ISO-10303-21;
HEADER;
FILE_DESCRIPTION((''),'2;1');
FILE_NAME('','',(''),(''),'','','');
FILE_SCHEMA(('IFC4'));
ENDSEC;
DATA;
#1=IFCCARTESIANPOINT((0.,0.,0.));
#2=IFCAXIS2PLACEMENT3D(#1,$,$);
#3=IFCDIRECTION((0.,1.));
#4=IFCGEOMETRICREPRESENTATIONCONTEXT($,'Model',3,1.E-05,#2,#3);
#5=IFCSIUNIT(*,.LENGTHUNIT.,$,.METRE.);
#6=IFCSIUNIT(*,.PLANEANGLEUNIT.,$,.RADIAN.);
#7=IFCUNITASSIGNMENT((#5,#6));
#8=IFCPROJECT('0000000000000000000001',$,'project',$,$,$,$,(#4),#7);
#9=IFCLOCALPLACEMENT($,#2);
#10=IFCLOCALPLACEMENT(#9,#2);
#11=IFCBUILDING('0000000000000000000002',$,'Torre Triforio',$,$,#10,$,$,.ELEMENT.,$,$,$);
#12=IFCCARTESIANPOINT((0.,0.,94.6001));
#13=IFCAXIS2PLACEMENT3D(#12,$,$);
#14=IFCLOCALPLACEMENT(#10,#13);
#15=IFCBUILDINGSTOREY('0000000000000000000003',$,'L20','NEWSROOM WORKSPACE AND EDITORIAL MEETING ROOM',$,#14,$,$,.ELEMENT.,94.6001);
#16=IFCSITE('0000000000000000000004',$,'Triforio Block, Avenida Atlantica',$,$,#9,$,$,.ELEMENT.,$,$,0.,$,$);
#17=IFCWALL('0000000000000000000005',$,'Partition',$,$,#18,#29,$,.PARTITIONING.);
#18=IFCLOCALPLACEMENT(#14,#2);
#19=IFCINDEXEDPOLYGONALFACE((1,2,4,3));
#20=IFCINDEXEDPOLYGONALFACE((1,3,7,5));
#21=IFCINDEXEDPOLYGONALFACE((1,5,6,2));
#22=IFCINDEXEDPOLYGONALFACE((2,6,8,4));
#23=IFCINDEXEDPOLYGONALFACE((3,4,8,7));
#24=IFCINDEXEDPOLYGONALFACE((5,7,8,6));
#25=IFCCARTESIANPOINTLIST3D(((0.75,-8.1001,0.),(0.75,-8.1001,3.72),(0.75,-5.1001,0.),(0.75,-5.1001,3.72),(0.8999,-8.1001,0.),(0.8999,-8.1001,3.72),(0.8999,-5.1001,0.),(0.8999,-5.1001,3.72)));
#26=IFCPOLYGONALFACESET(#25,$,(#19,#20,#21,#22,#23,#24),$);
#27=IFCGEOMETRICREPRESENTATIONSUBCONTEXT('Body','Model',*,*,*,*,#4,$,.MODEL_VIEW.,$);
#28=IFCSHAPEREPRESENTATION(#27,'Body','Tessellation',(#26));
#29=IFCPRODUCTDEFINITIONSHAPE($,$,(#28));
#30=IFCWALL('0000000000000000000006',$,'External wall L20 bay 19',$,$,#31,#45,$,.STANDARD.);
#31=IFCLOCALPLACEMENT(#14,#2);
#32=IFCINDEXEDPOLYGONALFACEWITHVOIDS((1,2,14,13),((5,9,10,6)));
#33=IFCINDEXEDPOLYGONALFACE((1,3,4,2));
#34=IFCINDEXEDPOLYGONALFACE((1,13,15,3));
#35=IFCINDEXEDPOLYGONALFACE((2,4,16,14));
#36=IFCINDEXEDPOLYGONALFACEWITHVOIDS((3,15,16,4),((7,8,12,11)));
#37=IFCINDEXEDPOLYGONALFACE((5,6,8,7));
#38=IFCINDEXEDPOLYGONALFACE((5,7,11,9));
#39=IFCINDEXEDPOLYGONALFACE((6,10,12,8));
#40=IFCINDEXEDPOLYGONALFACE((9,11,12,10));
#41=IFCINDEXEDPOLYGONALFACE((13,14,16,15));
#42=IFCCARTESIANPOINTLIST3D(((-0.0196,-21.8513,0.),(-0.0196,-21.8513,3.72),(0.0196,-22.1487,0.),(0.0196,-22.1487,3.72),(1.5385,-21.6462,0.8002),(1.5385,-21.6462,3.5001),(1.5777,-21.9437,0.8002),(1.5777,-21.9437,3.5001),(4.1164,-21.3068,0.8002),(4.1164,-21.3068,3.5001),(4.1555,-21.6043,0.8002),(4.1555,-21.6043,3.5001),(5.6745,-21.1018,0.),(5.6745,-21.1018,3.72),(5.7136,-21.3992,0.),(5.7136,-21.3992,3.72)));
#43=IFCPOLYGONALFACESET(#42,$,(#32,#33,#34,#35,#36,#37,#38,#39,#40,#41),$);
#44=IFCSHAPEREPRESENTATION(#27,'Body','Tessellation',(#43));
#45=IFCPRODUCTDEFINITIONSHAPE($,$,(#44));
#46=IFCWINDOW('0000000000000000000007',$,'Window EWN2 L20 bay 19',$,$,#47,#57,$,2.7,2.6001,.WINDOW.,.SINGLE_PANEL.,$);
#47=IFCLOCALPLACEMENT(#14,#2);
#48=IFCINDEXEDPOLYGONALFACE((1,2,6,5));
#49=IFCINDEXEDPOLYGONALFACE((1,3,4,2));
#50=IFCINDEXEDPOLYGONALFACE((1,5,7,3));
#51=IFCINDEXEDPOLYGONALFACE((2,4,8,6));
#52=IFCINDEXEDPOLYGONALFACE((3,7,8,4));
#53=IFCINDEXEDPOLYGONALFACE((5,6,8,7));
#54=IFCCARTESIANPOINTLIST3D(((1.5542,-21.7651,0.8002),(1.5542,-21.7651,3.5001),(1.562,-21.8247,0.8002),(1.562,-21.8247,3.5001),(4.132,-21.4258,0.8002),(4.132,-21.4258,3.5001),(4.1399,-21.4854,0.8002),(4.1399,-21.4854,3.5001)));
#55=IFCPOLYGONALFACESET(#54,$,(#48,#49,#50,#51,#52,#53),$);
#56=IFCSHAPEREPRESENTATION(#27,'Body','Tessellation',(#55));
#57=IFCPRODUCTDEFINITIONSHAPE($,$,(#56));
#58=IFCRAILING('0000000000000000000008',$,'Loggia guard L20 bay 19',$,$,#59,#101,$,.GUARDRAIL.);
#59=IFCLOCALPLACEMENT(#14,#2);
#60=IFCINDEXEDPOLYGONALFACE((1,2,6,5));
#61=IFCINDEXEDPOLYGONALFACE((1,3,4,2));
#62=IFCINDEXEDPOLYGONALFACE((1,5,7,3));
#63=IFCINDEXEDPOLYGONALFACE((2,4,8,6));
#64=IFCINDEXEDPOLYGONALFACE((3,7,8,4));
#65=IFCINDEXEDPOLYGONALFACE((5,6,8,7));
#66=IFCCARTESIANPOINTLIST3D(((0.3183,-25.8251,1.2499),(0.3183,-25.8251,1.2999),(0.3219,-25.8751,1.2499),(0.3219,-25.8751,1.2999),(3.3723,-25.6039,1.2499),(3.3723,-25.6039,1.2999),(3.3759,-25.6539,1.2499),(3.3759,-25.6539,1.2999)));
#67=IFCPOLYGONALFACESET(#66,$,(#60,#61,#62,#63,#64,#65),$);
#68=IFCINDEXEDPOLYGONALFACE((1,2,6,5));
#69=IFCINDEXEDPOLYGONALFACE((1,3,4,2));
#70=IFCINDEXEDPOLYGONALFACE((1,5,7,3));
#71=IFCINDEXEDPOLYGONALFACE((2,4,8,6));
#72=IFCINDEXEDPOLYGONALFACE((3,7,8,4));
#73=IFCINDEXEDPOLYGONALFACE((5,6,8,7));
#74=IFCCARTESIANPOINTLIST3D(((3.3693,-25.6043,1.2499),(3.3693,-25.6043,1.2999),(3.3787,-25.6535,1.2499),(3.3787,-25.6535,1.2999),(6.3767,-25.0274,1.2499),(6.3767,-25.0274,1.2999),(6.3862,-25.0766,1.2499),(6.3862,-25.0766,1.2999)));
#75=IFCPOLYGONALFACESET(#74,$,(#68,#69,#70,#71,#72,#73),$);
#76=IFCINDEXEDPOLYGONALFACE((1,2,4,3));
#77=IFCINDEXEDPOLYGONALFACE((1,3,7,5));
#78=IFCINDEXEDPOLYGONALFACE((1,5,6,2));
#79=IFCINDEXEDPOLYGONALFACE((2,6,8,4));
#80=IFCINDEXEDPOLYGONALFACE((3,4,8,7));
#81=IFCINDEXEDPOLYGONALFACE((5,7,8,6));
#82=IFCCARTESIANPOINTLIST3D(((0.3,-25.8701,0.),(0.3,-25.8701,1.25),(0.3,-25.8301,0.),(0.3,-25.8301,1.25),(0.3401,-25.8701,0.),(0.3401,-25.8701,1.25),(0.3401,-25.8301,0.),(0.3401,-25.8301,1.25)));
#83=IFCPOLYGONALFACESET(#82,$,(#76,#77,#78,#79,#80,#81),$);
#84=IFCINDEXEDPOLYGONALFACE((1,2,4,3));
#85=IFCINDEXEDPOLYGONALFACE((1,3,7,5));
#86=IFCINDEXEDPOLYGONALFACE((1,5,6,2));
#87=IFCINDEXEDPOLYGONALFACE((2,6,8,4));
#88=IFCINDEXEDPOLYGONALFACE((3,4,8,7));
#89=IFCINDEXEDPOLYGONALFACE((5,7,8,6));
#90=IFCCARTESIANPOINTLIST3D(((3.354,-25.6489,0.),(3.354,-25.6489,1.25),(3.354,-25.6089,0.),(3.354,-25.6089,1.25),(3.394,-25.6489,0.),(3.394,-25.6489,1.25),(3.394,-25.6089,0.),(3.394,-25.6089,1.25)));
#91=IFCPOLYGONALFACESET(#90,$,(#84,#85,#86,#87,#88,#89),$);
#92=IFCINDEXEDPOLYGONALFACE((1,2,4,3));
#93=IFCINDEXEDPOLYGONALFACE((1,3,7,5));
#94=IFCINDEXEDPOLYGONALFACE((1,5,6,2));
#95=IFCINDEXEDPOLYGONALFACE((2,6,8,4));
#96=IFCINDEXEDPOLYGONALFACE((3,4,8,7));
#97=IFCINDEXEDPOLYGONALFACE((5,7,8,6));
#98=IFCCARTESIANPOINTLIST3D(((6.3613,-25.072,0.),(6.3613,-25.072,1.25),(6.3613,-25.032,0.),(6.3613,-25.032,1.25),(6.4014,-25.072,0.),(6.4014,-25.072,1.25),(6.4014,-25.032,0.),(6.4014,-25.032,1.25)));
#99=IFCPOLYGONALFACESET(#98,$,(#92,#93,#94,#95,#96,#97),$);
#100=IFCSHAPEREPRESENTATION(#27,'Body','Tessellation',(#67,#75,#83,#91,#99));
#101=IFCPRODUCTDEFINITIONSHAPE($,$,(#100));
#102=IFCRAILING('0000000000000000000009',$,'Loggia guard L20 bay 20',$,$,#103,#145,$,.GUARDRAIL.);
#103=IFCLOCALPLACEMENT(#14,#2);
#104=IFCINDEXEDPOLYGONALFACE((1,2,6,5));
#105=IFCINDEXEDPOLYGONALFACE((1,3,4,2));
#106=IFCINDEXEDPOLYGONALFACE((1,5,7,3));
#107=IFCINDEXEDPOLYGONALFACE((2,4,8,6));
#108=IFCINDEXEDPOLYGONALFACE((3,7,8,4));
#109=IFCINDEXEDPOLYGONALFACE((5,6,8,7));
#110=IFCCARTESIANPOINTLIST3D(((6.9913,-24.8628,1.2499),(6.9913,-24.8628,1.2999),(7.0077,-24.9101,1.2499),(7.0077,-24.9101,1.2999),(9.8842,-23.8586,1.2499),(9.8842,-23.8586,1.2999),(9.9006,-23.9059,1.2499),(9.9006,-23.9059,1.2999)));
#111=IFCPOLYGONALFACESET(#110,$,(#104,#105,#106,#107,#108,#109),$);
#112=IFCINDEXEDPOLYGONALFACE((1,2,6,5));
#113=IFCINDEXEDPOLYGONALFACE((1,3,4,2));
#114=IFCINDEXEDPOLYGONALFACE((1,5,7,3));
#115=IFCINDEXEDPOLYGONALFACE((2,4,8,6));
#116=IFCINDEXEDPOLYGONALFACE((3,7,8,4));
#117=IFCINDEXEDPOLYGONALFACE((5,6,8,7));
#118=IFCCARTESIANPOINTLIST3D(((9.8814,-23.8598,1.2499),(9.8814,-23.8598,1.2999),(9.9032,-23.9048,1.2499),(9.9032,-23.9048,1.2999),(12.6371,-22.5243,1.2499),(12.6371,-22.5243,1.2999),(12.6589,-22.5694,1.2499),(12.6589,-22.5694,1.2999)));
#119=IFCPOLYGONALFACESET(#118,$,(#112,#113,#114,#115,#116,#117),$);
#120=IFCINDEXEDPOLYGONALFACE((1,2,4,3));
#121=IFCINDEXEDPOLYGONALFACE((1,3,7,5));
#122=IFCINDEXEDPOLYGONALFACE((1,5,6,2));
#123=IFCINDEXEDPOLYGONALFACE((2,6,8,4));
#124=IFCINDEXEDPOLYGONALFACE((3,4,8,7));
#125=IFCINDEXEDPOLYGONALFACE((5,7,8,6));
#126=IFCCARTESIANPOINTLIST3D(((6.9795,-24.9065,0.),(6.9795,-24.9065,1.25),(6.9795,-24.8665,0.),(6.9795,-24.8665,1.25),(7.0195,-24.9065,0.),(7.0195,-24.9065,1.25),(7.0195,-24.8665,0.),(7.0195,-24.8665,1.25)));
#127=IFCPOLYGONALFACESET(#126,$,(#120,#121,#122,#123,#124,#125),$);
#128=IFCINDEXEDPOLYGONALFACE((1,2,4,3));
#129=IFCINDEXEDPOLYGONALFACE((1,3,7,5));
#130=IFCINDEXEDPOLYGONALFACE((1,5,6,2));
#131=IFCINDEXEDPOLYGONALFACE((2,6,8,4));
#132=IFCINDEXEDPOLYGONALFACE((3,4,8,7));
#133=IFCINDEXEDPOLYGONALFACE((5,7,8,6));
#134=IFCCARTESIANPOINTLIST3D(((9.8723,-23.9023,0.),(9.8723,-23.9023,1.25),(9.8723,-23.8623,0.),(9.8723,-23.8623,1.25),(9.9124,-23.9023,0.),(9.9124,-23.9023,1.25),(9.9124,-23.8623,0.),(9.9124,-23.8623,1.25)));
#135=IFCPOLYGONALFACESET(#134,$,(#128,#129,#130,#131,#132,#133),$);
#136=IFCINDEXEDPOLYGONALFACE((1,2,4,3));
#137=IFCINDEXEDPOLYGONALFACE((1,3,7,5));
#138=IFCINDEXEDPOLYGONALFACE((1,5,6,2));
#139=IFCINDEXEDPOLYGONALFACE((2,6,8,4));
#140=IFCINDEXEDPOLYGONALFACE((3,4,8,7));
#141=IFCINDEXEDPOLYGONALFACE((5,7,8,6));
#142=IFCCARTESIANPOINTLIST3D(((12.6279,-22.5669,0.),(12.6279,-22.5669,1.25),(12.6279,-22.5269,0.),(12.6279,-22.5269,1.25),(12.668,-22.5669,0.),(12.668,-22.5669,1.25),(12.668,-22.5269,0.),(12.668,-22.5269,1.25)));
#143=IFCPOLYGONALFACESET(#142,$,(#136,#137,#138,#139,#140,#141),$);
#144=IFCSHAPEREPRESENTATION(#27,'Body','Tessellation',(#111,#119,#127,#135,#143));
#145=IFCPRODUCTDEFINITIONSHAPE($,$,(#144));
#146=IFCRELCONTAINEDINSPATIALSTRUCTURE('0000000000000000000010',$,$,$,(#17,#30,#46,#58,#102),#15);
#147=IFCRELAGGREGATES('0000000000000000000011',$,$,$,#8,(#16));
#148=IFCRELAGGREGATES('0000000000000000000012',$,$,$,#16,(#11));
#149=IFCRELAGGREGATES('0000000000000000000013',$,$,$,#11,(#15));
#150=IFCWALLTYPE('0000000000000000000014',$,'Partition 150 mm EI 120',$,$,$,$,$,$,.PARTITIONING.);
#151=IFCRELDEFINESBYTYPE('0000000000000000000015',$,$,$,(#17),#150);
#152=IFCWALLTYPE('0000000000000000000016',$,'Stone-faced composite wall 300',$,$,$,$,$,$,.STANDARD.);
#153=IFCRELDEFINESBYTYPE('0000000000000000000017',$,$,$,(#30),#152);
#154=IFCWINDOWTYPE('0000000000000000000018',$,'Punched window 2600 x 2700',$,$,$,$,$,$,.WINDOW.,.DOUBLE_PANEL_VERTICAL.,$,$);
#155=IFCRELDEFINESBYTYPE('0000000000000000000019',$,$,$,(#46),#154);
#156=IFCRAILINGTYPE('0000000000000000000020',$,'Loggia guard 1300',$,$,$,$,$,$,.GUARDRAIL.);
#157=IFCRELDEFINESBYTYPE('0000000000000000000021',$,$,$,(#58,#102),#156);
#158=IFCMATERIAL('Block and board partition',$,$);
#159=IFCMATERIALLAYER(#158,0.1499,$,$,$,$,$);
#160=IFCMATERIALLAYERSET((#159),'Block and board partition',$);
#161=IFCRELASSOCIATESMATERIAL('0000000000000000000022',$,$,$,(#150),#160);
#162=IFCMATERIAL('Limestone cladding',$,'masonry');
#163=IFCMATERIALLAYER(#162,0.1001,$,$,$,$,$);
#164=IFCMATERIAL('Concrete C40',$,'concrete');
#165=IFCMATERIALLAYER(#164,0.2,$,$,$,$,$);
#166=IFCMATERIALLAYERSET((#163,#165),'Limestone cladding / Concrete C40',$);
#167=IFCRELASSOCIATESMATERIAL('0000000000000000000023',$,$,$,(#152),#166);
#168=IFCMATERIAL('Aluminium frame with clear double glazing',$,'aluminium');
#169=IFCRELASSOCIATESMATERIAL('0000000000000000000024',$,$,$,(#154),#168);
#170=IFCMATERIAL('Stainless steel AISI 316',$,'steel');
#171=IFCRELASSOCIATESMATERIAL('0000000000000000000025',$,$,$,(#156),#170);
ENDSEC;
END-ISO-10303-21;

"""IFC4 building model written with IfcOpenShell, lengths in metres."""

from ifc_helpers import new_model, si_unit, direction, frame, frame_2d, origin, origin_2d, place, context, subcontext, project, spatial, rectangle, extrude, material, layer, layer_set, type_object, element, fill, save


model = new_model("IFC4")

# Units and contexts
model_context = context("Model", 3, precision=1e-05, world=origin(), true_north=direction((0.0, 1.0)))
body_context = subcontext(model_context, "Body", "Model", "MODEL_VIEW")
ifc_project = project(units=[si_unit("LENGTHUNIT", "METRE"), si_unit("PLANEANGLEUNIT", "RADIAN")], contexts=[model_context])

# Site, building, storey
site_placement = place(None, origin())
site = spatial("IfcSite", under=ifc_project, at=site_placement, Name="Triforio Block, Avenida Atlantica", CompositionType="ELEMENT", RefElevation=0.0)
building_placement = place(site_placement, origin())
building = spatial("IfcBuilding", under=site, at=building_placement, Name="Torre Triforio", CompositionType="ELEMENT")
storey_placement = place(building_placement, frame((0.0, 0.0, 94.6001)))
storey = spatial("IfcBuildingStorey", under=building, at=storey_placement, Name="L20", Description="NEWSROOM WORKSPACE AND EDITORIAL MEETING ROOM", CompositionType="ELEMENT", Elevation=94.6001)

# Wall
ifc_material_1 = material(Name="Block and board partition")
ifc_layer_1 = layer(ifc_material_1, 0.1499)
ifc_layer_set_1 = layer_set([ifc_layer_1], Name="Block and board partition")
wall_type_1 = type_object("IfcWallType", Name="Partition 150 mm EI 120", PredefinedType="PARTITIONING", material=ifc_layer_set_1)
wall_1_placement = place(storey_placement, frame((0.825, -8.1001, 0.0), z_axis=(0.0, 0.0, 1.0), x_axis=(0.0, 1.0, 0.0)))
element("IfcWall", 1, at=wall_1_placement, inside=storey, type_object=wall_type_1, Name="Partition", PredefinedType="PARTITIONING", context=body_context, shape_type="SweptSolid", body=[
    extrude(rectangle(XDim=3.0, YDim=0.1499, at=frame_2d((1.5, 0.0))), origin(), (0.0, 0.0, 1.0), 3.72),
])

# Wall, opening, window
ifc_material_2 = material(Name="Limestone cladding", Category="masonry")
ifc_layer_2 = layer(ifc_material_2, 0.1001)
ifc_material_3 = material(Name="Concrete C40", Category="concrete")
ifc_layer_3 = layer(ifc_material_3, 0.2)
ifc_layer_set_2 = layer_set([ifc_layer_2, ifc_layer_3], Name="Limestone cladding / Concrete C40")
wall_type_2 = type_object("IfcWallType", Name="Stone-faced composite wall 300", PredefinedType="STANDARD", material=ifc_layer_set_2)
wall_2_placement = place(storey_placement, frame((0.0, -22.0, 0.0), z_axis=(0.0, 0.0, 1.0), x_axis=(0.991448, 0.130504, 0.0)))
wall_2 = element("IfcWall", 2, at=wall_2_placement, inside=storey, type_object=wall_type_2, Name="External wall L20 bay 19", PredefinedType="STANDARD", context=body_context, shape_type="SweptSolid", body=[
    extrude(rectangle(XDim=5.7432, YDim=0.3, at=frame_2d((2.8716, 0.0))), origin(), (0.0, 0.0, 1.0), 3.72),
])
opening_1_placement = place(wall_2_placement, frame((1.5715, 0.0, 0.8)))
opening_1 = element("IfcOpeningElement", 3, at=opening_1_placement, cuts=wall_2, PredefinedType="OPENING", context=body_context, shape_type="SweptSolid", body=[
    extrude(rectangle(XDim=2.6001, YDim=2.7, at=frame_2d((1.3, 1.3501))), frame((0.0, 0.1599, 0.0), z_axis=(0.0, -1.0, 0.0), x_axis=(1.0, 0.0, 0.0)), (0.0, 0.0, 1.0), 0.3201),
])
ifc_material_4 = material(Name="Aluminium frame with clear double glazing", Category="aluminium")
window_type_1 = type_object("IfcWindowType", Name="Punched window 2600 x 2700", PartitioningType="DOUBLE_PANEL_VERTICAL", PredefinedType="WINDOW", material=ifc_material_4)
window_1_placement = place(opening_1_placement, origin())
window_1 = element("IfcWindow", 4, at=window_1_placement, inside=storey, type_object=window_type_1, Name="Window EWN2 L20 bay 19", OverallHeight=2.7, OverallWidth=2.6001, PartitioningType="SINGLE_PANEL", PredefinedType="WINDOW", context=body_context, shape_type="SweptSolid", body=[
    extrude(rectangle(XDim=2.6001, YDim=2.7, at=frame_2d((1.3, 1.3501))), frame((0.0, 0.03, 0.0), z_axis=(0.0, -1.0, 0.0), x_axis=(1.0, 0.0, 0.0)), (0.0, 0.0, 1.0), 0.0601),
])
fill(opening_1, window_1)

# Railings
ifc_material_5 = material(Name="Stainless steel AISI 316", Category="steel")
railing_type = type_object("IfcRailingType", Name="Loggia guard 1300", PredefinedType="GUARDRAIL", material=ifc_material_5)
railing_1_placement = place(storey_placement, frame((0.3201, -25.8501, 0.0)))
element("IfcRailing", 5, at=railing_1_placement, inside=storey, type_object=railing_type, Name="Loggia guard L20 bay 19", PredefinedType="GUARDRAIL", context=body_context, shape_type="SweptSolid", body=[
    extrude(rectangle(XDim=0.05, YDim=0.05, at=origin_2d()), frame((0.0, 0.0, 1.2749), z_axis=(0.997387, 0.072239, 0.0), x_axis=(-0.072239, 0.997387, 0.0)), (0.0, 0.0, 1.0), 3.062),
    extrude(rectangle(XDim=0.05, YDim=0.05, at=origin_2d()), frame((3.054, 0.2212, 1.2749), z_axis=(0.982093, 0.188398, 0.0), x_axis=(-0.188398, 0.982093, 0.0)), (0.0, 0.0, 1.0), 3.0623),
    extrude(rectangle(XDim=0.04, YDim=0.04, at=origin_2d()), origin(), (0.0, 0.0, 1.0), 1.25),
    extrude(rectangle(XDim=0.04, YDim=0.04, at=origin_2d()), frame((3.054, 0.2212, 0.0)), (0.0, 0.0, 1.0), 1.25),
    extrude(rectangle(XDim=0.04, YDim=0.04, at=origin_2d()), frame((6.0613, 0.7981, 0.0)), (0.0, 0.0, 1.0), 1.25),
])
railing_2_placement = place(storey_placement, frame((6.9995, -24.8865, 0.0)))
element("IfcRailing", 6, at=railing_2_placement, inside=storey, type_object=railing_type, Name="Loggia guard L20 bay 20", PredefinedType="GUARDRAIL", context=body_context, shape_type="SweptSolid", body=[
    extrude(rectangle(XDim=0.05, YDim=0.05, at=origin_2d()), frame((0.0, 0.0, 1.2749), z_axis=(0.944704, 0.327924, 0.0), x_axis=(-0.327924, 0.944704, 0.0)), (0.0, 0.0, 1.0), 3.0623),
    extrude(rectangle(XDim=0.05, YDim=0.05, at=origin_2d()), frame((2.8928, 1.0042, 1.2749), z_axis=(0.899892, 0.436113, 0.0), x_axis=(-0.436113, 0.899892, 0.0)), (0.0, 0.0, 1.0), 3.0623),
    extrude(rectangle(XDim=0.04, YDim=0.04, at=origin_2d()), origin(), (0.0, 0.0, 1.0), 1.25),
    extrude(rectangle(XDim=0.04, YDim=0.04, at=origin_2d()), frame((2.8928, 1.0042, 0.0)), (0.0, 0.0, 1.0), 1.25),
    extrude(rectangle(XDim=0.04, YDim=0.04, at=origin_2d()), frame((5.6484, 2.3396, 0.0)), (0.0, 0.0, 1.0), 1.25),
])

save(model, "model.ifc")
